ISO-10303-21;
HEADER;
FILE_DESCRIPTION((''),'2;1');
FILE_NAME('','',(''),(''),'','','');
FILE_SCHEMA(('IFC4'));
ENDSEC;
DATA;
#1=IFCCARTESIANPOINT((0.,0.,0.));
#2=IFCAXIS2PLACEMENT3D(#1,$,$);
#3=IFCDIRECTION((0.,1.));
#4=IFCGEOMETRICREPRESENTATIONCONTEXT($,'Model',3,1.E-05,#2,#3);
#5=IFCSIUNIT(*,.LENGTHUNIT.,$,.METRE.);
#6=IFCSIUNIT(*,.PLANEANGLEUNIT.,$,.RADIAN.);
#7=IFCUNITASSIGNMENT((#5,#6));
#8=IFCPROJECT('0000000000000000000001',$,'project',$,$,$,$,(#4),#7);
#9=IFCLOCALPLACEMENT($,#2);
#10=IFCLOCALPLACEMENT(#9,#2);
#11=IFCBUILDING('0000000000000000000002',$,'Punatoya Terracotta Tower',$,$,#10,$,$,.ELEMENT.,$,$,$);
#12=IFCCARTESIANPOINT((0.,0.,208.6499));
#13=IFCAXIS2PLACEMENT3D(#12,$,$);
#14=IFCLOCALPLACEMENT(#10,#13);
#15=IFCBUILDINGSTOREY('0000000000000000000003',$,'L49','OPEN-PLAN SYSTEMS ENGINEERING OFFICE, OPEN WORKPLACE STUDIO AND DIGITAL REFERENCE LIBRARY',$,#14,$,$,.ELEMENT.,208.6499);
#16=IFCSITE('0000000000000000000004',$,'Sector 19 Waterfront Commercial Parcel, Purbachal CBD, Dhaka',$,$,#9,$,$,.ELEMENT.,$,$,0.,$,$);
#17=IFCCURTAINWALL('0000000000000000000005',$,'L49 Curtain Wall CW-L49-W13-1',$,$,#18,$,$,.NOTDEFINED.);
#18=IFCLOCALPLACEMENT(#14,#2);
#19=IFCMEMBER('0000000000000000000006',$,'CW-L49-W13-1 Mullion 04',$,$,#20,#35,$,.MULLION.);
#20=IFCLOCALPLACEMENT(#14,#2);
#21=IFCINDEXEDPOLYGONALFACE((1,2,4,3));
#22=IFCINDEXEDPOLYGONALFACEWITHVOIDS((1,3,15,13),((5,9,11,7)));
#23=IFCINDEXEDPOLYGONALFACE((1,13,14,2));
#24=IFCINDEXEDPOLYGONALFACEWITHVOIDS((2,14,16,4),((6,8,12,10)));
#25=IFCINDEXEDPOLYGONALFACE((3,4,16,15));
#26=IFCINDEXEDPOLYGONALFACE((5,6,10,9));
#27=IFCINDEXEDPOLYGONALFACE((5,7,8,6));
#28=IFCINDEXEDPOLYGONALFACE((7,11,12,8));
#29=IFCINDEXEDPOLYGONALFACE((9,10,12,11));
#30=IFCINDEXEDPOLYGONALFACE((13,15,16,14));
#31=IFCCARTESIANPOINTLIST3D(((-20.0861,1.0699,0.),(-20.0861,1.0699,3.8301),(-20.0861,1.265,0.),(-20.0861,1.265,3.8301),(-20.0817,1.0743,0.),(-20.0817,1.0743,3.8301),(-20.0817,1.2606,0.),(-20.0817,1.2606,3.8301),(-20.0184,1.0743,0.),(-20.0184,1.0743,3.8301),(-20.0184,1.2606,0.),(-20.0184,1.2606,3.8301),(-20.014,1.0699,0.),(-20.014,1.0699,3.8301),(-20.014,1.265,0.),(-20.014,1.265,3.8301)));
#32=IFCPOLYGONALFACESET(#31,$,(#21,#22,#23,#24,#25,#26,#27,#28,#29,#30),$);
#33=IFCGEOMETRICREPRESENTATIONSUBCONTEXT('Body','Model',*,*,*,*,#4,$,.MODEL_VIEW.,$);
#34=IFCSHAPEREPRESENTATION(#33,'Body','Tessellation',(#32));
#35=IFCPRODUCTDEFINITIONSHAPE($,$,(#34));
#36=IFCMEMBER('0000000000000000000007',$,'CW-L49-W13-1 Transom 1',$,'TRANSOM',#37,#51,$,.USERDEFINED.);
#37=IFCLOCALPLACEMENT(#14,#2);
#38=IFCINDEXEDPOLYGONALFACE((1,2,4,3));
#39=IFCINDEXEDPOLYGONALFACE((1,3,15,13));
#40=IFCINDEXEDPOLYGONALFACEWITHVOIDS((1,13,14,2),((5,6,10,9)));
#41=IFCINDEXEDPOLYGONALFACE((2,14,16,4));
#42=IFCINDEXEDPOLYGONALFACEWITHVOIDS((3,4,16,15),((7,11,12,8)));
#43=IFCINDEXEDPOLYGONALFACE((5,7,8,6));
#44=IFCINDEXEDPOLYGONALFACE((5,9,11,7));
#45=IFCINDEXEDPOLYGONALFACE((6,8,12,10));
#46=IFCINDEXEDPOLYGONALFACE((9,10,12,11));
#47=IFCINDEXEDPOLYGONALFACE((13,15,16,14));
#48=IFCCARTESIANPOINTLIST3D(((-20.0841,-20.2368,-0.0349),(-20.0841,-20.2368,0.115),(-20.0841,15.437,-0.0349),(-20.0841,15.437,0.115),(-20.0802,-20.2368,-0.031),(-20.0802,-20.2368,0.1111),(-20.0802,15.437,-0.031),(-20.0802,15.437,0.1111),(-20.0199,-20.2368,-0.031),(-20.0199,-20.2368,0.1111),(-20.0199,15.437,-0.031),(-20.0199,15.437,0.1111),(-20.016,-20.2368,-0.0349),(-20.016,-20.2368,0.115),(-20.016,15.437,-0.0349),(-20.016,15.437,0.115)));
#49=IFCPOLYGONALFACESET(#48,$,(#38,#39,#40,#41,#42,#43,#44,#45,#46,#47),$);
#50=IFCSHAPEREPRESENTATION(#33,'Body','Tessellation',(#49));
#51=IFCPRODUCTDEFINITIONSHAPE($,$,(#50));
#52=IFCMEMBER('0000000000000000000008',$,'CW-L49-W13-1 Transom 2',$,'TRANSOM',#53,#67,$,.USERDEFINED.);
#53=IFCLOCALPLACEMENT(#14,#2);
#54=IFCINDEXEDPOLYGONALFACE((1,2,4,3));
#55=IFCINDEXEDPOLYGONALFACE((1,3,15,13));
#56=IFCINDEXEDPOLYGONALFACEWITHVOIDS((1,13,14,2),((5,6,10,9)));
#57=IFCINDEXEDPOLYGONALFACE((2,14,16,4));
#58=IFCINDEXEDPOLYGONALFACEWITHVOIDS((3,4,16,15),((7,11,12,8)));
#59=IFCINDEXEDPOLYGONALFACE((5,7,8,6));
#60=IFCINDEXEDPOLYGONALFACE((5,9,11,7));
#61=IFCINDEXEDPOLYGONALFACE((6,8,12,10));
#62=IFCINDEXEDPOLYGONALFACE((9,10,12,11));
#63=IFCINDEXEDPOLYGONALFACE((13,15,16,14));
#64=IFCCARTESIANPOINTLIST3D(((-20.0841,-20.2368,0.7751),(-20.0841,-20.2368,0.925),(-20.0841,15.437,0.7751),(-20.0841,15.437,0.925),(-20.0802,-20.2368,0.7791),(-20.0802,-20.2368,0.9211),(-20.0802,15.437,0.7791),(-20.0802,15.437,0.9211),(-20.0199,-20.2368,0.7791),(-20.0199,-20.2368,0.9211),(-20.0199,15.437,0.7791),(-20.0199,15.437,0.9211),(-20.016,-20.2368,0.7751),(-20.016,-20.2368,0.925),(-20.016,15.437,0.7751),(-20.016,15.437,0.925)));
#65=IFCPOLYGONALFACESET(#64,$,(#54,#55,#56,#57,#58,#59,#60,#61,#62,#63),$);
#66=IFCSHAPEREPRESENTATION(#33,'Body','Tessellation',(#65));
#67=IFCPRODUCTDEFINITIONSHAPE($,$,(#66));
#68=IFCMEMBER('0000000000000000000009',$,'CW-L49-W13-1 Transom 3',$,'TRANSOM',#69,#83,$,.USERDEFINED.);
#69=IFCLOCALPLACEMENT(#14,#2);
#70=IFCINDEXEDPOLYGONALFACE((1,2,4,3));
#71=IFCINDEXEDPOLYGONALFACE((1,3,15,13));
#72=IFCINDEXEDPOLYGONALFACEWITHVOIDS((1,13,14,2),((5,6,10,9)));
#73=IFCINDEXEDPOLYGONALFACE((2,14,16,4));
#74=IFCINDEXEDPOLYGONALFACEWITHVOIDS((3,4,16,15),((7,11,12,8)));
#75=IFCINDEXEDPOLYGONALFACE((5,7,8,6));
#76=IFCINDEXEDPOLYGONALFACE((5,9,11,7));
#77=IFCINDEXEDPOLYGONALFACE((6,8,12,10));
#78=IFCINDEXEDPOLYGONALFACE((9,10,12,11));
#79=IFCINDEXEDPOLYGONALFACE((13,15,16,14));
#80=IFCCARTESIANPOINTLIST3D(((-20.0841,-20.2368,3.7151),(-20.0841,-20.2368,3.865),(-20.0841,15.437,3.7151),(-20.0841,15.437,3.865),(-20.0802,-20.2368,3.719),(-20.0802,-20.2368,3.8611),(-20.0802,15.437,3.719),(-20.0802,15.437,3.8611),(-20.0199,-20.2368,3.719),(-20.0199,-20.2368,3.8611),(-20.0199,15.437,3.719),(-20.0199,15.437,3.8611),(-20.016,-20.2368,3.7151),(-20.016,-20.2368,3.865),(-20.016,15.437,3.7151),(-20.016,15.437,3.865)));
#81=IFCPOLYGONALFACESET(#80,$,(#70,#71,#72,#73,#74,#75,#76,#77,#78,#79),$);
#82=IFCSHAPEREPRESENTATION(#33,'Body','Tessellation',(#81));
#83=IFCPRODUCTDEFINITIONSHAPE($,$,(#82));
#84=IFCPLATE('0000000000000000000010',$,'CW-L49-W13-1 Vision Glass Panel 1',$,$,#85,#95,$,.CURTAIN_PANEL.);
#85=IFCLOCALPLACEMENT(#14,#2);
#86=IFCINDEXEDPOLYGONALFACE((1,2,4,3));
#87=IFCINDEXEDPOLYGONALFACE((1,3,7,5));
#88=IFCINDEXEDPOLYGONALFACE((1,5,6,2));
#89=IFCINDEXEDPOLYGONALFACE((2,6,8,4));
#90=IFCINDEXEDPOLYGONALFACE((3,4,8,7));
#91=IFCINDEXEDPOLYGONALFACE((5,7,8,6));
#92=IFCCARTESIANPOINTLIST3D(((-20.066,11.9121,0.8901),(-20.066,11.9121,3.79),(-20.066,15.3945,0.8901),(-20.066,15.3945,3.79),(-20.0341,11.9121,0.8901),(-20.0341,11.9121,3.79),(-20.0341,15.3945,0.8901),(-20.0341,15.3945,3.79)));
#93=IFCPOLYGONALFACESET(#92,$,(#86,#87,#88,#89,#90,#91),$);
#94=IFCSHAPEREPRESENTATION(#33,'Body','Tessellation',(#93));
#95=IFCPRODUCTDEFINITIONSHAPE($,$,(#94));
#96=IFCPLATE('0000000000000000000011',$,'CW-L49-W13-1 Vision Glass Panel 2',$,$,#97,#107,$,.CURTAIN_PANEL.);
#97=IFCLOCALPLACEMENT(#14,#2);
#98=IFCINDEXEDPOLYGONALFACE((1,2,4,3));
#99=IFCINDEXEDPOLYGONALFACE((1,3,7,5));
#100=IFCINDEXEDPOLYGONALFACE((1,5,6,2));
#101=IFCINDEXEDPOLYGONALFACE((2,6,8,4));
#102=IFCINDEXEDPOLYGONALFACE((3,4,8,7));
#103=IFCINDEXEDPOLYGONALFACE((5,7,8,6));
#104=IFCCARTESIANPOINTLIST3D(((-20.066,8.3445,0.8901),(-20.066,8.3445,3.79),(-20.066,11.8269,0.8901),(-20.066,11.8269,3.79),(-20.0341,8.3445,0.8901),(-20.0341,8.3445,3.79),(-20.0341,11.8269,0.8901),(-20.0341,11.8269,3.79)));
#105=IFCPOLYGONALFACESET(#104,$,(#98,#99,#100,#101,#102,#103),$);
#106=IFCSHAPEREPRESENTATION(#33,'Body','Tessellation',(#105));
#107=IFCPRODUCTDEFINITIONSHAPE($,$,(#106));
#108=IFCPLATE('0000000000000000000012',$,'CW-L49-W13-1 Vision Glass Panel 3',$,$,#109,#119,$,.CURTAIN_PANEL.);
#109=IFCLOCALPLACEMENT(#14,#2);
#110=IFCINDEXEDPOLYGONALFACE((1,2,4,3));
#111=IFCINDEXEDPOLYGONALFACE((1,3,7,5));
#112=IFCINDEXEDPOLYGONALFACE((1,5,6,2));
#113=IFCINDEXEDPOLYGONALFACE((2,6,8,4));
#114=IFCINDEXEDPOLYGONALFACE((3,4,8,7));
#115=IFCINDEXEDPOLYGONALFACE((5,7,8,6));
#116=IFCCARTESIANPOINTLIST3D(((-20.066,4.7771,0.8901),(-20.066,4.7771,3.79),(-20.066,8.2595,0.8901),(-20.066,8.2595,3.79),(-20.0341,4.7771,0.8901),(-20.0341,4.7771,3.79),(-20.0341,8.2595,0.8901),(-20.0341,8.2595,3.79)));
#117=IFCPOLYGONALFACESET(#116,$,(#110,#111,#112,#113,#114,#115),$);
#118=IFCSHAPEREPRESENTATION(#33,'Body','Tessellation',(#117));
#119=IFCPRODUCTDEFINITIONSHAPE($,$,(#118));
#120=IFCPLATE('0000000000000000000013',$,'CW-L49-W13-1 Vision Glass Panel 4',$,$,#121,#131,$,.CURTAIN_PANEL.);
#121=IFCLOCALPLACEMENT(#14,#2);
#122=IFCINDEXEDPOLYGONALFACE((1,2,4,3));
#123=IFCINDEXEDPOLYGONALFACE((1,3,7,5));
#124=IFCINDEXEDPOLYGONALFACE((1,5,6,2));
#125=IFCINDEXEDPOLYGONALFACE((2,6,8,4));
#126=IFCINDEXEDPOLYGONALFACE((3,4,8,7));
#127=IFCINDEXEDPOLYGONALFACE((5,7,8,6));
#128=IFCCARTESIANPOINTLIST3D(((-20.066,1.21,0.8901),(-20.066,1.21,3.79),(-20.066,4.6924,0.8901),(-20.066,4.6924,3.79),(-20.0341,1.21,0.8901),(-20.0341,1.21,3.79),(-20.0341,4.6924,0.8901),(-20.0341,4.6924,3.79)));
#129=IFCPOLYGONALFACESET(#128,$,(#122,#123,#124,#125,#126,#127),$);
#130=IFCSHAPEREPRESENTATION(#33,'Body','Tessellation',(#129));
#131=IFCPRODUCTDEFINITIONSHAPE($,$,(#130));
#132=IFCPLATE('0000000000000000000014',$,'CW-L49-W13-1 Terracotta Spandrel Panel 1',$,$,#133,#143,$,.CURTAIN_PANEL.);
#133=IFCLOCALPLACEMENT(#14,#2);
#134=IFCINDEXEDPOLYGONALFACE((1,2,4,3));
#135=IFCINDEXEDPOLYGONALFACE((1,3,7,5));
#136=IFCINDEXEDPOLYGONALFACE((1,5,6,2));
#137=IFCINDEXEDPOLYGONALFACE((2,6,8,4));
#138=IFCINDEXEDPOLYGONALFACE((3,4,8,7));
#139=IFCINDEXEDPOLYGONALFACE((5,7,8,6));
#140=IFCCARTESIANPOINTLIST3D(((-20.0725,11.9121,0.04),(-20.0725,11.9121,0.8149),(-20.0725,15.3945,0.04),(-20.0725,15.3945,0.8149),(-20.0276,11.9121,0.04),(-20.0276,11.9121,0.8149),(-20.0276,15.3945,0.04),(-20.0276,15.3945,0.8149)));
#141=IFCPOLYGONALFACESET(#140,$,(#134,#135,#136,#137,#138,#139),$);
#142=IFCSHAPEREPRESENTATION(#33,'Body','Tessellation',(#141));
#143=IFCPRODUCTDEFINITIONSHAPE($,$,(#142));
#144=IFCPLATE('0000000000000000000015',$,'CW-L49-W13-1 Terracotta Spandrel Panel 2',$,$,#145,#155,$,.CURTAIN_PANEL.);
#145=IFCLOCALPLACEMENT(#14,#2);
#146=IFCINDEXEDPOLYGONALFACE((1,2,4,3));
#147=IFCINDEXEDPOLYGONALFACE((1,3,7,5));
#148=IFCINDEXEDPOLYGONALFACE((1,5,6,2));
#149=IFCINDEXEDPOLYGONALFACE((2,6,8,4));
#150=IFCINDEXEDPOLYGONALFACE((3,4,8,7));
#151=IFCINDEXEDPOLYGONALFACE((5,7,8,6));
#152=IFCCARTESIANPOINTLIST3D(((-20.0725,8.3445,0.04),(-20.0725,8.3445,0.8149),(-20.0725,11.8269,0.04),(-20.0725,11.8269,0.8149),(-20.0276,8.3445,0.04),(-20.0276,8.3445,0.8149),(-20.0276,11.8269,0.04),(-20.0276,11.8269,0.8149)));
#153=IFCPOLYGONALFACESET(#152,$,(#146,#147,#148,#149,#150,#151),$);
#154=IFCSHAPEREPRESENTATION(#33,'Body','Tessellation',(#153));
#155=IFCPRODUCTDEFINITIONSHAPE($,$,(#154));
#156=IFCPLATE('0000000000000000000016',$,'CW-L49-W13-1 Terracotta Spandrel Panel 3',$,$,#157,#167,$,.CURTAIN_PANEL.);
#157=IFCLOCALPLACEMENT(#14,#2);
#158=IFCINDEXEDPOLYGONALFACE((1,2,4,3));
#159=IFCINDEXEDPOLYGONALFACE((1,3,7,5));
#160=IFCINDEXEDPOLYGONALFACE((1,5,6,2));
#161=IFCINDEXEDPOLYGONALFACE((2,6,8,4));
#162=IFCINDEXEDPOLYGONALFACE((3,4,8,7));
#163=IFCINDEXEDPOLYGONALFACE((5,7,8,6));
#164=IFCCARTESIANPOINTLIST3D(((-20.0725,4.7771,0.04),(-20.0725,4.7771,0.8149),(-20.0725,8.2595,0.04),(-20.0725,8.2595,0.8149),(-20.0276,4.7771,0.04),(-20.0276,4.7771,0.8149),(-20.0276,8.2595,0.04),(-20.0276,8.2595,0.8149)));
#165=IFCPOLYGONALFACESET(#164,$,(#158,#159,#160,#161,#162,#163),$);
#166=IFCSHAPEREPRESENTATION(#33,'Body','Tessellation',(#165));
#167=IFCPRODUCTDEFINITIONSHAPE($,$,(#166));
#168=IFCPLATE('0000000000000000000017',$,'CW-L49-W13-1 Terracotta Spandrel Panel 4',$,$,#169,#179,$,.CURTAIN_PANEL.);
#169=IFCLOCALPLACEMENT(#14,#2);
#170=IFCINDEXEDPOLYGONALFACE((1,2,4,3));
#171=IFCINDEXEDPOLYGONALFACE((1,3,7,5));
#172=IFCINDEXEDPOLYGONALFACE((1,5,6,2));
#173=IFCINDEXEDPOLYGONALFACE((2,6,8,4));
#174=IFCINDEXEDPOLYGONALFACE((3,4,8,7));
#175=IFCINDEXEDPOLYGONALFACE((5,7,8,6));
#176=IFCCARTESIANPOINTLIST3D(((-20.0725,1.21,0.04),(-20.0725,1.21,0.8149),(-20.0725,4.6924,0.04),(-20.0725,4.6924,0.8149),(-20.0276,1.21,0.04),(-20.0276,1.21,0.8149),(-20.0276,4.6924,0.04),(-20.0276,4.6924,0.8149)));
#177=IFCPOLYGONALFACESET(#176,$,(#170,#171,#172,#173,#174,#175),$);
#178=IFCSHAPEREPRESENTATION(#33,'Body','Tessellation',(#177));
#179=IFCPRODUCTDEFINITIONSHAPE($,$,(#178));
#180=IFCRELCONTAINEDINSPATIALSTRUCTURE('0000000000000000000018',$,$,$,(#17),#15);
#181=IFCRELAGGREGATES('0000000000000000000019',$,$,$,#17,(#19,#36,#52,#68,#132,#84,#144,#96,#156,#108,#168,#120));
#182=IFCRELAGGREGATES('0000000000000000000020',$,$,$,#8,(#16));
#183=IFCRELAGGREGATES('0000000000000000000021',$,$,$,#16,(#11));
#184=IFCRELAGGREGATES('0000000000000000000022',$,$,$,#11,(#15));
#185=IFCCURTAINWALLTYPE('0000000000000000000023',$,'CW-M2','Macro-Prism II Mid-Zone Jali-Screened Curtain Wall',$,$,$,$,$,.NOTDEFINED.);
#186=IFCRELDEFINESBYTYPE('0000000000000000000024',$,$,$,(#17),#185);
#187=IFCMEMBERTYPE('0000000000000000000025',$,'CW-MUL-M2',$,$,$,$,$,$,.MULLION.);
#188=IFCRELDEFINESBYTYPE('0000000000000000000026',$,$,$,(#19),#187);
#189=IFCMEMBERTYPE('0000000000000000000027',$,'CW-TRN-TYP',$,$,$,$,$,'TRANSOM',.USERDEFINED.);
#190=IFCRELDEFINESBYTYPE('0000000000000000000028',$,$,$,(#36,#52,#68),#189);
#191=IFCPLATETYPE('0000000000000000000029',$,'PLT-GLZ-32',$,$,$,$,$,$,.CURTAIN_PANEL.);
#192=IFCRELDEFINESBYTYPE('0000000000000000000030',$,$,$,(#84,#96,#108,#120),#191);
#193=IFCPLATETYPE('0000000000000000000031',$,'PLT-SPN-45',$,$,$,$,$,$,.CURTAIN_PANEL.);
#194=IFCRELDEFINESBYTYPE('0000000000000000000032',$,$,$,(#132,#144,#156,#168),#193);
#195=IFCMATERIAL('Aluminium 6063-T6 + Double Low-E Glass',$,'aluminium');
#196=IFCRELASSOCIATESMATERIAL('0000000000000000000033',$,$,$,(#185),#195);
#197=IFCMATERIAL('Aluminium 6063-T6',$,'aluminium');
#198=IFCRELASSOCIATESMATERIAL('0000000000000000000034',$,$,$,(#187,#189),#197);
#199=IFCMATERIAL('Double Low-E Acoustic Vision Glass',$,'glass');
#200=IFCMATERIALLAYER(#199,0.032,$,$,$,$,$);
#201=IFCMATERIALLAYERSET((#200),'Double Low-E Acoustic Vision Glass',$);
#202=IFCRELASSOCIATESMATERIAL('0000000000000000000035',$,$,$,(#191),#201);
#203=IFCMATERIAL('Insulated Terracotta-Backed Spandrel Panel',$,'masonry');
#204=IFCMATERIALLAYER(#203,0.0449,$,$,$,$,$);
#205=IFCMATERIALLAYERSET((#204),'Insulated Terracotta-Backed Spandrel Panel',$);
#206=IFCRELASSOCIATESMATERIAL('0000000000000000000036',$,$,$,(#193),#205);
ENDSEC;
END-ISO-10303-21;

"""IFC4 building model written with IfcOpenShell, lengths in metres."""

from ifc_helpers import new_model, si_unit, direction, frame, origin, origin_2d, place, context, subcontext, project, spatial, rectangle, hollow_rectangle, extrude, material, layer, layer_set, material_profile, profile_set, type_object, element, aggregate, save


model = new_model("IFC4")

# Units and contexts
model_context = context("Model", 3, precision=1e-05, world=origin(), true_north=direction((0.0, 1.0)))
body_context = subcontext(model_context, "Body", "Model", "MODEL_VIEW")
ifc_project = project(units=[si_unit("LENGTHUNIT", "METRE"), si_unit("PLANEANGLEUNIT", "RADIAN")], contexts=[model_context])

# Site, building, storey
site_placement = place(None, origin())
site = spatial("IfcSite", under=ifc_project, at=site_placement, Name="Sector 19 Waterfront Commercial Parcel, Purbachal CBD, Dhaka", CompositionType="ELEMENT", RefElevation=0.0)
building_placement = place(site_placement, origin())
building = spatial("IfcBuilding", under=site, at=building_placement, Name="Punatoya Terracotta Tower", CompositionType="ELEMENT")
storey_placement = place(building_placement, frame((0.0, 0.0, 208.6499)))
storey = spatial("IfcBuildingStorey", under=building, at=storey_placement, Name="L49", Description="OPEN-PLAN SYSTEMS ENGINEERING OFFICE, OPEN WORKPLACE STUDIO AND DIGITAL REFERENCE LIBRARY", CompositionType="ELEMENT", Elevation=208.6499)

# Shared definitions
ifc_material_1 = material(Name="Aluminium 6063-T6 + Double Low-E Glass", Category="aluminium")
curtain_wall_type = type_object("IfcCurtainWallType", Name="CW-M2", Description="Macro-Prism II Mid-Zone Jali-Screened Curtain Wall", PredefinedType="NOTDEFINED", material=ifc_material_1)
ifc_material_2 = material(Name="Aluminium 6063-T6", Category="aluminium")
ifc_material_profile_1 = material_profile(ifc_material_2, hollow_rectangle(XDim=0.072, YDim=0.1951, WallThickness=0.0044, at=origin_2d()))
ifc_profile_set_1 = profile_set([ifc_material_profile_1], Name="Aluminium 6063-T6")
member_type_1 = type_object("IfcMemberType", Name="CW-MUL-M2", PredefinedType="MULLION", material=ifc_profile_set_1)

# Curtain wall, members, plates
curtain_wall_1_placement = place(storey_placement, origin())
curtain_wall_1 = element("IfcCurtainWall", 1, at=curtain_wall_1_placement, inside=storey, type_object=curtain_wall_type, Name="L49 Curtain Wall CW-L49-W13-1", PredefinedType="NOTDEFINED")
member_1_placement = place(storey_placement, frame((-20.05, 1.1675, 0.0), z_axis=(0.0, 0.0, 1.0), x_axis=(1.0, 0.0, 0.0)))
member_1 = element("IfcMember", 2, at=member_1_placement, type_object=member_type_1, Name="CW-L49-W13-1 Mullion 04", PredefinedType="MULLION", context=body_context, shape_type="SweptSolid", body=[
    extrude(hollow_rectangle(XDim=0.072, YDim=0.1951, WallThickness=0.0044, at=origin_2d()), origin(), (0.0, 0.0, 1.0), 3.8301),
])
ifc_material_profile_2 = material_profile(ifc_material_2, hollow_rectangle(XDim=0.0681, YDim=0.1499, WallThickness=0.0039, at=origin_2d()))
ifc_profile_set_2 = profile_set([ifc_material_profile_2], Name="Aluminium 6063-T6")
member_type_2 = type_object("IfcMemberType", Name="CW-TRN-TYP", ElementType="TRANSOM", PredefinedType="USERDEFINED", material=ifc_profile_set_2)
member_2_placement = place(storey_placement, frame((-20.05, 15.437, 0.04), z_axis=(0.0, -1.0, 0.0), x_axis=(1.0, 0.0, 0.0)))
member_2 = element("IfcMember", 3, at=member_2_placement, type_object=member_type_2, Name="CW-L49-W13-1 Transom 1", ObjectType="TRANSOM", PredefinedType="USERDEFINED", context=body_context, shape_type="SweptSolid", body=[
    extrude(hollow_rectangle(XDim=0.0681, YDim=0.1499, WallThickness=0.0039, at=origin_2d()), origin(), (0.0, 0.0, 1.0), 35.6738),
])
member_3_placement = place(storey_placement, frame((-20.05, 15.437, 0.8501), z_axis=(0.0, -1.0, 0.0), x_axis=(1.0, 0.0, 0.0)))
member_3 = element("IfcMember", 4, at=member_3_placement, type_object=member_type_2, Name="CW-L49-W13-1 Transom 2", ObjectType="TRANSOM", PredefinedType="USERDEFINED", context=body_context, shape_type="SweptSolid", body=[
    extrude(hollow_rectangle(XDim=0.0681, YDim=0.1499, WallThickness=0.0039, at=origin_2d()), origin(), (0.0, 0.0, 1.0), 35.6738),
])
member_4_placement = place(storey_placement, frame((-20.05, 15.437, 3.79), z_axis=(0.0, -1.0, 0.0), x_axis=(1.0, 0.0, 0.0)))
member_4 = element("IfcMember", 5, at=member_4_placement, type_object=member_type_2, Name="CW-L49-W13-1 Transom 3", ObjectType="TRANSOM", PredefinedType="USERDEFINED", context=body_context, shape_type="SweptSolid", body=[
    extrude(hollow_rectangle(XDim=0.0681, YDim=0.1499, WallThickness=0.0039, at=origin_2d()), origin(), (0.0, 0.0, 1.0), 35.6738),
])
ifc_material_3 = material(Name="Double Low-E Acoustic Vision Glass", Category="glass")
ifc_layer_1 = layer(ifc_material_3, 0.032)
ifc_layer_set_1 = layer_set([ifc_layer_1], Name="Double Low-E Acoustic Vision Glass")
plate_type_1 = type_object("IfcPlateType", Name="PLT-GLZ-32", PredefinedType="CURTAIN_PANEL", material=ifc_layer_set_1)
plate_1_placement = place(storey_placement, frame((-20.05, 13.6533, 0.8901), z_axis=(0.0, 0.0, 1.0), x_axis=(0.0, -1.0, 0.0)))
plate_1 = element("IfcPlate", 6, at=plate_1_placement, type_object=plate_type_1, Name="CW-L49-W13-1 Vision Glass Panel 1", PredefinedType="CURTAIN_PANEL", context=body_context, shape_type="SweptSolid", body=[
    extrude(rectangle(XDim=3.4824, YDim=0.032, at=origin_2d()), origin(), (0.0, 0.0, 1.0), 2.8999),
])
plate_2_placement = place(storey_placement, frame((-20.05, 10.0857, 0.8901), z_axis=(0.0, 0.0, 1.0), x_axis=(0.0, -1.0, 0.0)))
plate_2 = element("IfcPlate", 7, at=plate_2_placement, type_object=plate_type_1, Name="CW-L49-W13-1 Vision Glass Panel 2", PredefinedType="CURTAIN_PANEL", context=body_context, shape_type="SweptSolid", body=[
    extrude(rectangle(XDim=3.4824, YDim=0.032, at=origin_2d()), origin(), (0.0, 0.0, 1.0), 2.8999),
])
plate_3_placement = place(storey_placement, frame((-20.05, 6.5183, 0.8901), z_axis=(0.0, 0.0, 1.0), x_axis=(0.0, -1.0, 0.0)))
plate_3 = element("IfcPlate", 8, at=plate_3_placement, type_object=plate_type_1, Name="CW-L49-W13-1 Vision Glass Panel 3", PredefinedType="CURTAIN_PANEL", context=body_context, shape_type="SweptSolid", body=[
    extrude(rectangle(XDim=3.4824, YDim=0.032, at=origin_2d()), origin(), (0.0, 0.0, 1.0), 2.8999),
])
plate_4_placement = place(storey_placement, frame((-20.05, 2.9512, 0.8901), z_axis=(0.0, 0.0, 1.0), x_axis=(0.0, -1.0, 0.0)))
plate_4 = element("IfcPlate", 9, at=plate_4_placement, type_object=plate_type_1, Name="CW-L49-W13-1 Vision Glass Panel 4", PredefinedType="CURTAIN_PANEL", context=body_context, shape_type="SweptSolid", body=[
    extrude(rectangle(XDim=3.4824, YDim=0.032, at=origin_2d()), origin(), (0.0, 0.0, 1.0), 2.8999),
])
ifc_material_4 = material(Name="Insulated Terracotta-Backed Spandrel Panel", Category="masonry")
ifc_layer_2 = layer(ifc_material_4, 0.0449)
ifc_layer_set_2 = layer_set([ifc_layer_2], Name="Insulated Terracotta-Backed Spandrel Panel")
plate_type_2 = type_object("IfcPlateType", Name="PLT-SPN-45", PredefinedType="CURTAIN_PANEL", material=ifc_layer_set_2)
plate_5_placement = place(storey_placement, frame((-20.05, 13.6533, 0.04), z_axis=(0.0, 0.0, 1.0), x_axis=(0.0, -1.0, 0.0)))
plate_5 = element("IfcPlate", 10, at=plate_5_placement, type_object=plate_type_2, Name="CW-L49-W13-1 Terracotta Spandrel Panel 1", PredefinedType="CURTAIN_PANEL", context=body_context, shape_type="SweptSolid", body=[
    extrude(rectangle(XDim=3.4824, YDim=0.0449, at=origin_2d()), origin(), (0.0, 0.0, 1.0), 0.7749),
])
plate_6_placement = place(storey_placement, frame((-20.05, 10.0857, 0.04), z_axis=(0.0, 0.0, 1.0), x_axis=(0.0, -1.0, 0.0)))
plate_6 = element("IfcPlate", 11, at=plate_6_placement, type_object=plate_type_2, Name="CW-L49-W13-1 Terracotta Spandrel Panel 2", PredefinedType="CURTAIN_PANEL", context=body_context, shape_type="SweptSolid", body=[
    extrude(rectangle(XDim=3.4824, YDim=0.0449, at=origin_2d()), origin(), (0.0, 0.0, 1.0), 0.7749),
])
plate_7_placement = place(storey_placement, frame((-20.05, 6.5183, 0.04), z_axis=(0.0, 0.0, 1.0), x_axis=(0.0, -1.0, 0.0)))
plate_7 = element("IfcPlate", 12, at=plate_7_placement, type_object=plate_type_2, Name="CW-L49-W13-1 Terracotta Spandrel Panel 3", PredefinedType="CURTAIN_PANEL", context=body_context, shape_type="SweptSolid", body=[
    extrude(rectangle(XDim=3.4824, YDim=0.0449, at=origin_2d()), origin(), (0.0, 0.0, 1.0), 0.7749),
])
plate_8_placement = place(storey_placement, frame((-20.05, 2.9512, 0.04), z_axis=(0.0, 0.0, 1.0), x_axis=(0.0, -1.0, 0.0)))
plate_8 = element("IfcPlate", 13, at=plate_8_placement, type_object=plate_type_2, Name="CW-L49-W13-1 Terracotta Spandrel Panel 4", PredefinedType="CURTAIN_PANEL", context=body_context, shape_type="SweptSolid", body=[
    extrude(rectangle(XDim=3.4824, YDim=0.0449, at=origin_2d()), origin(), (0.0, 0.0, 1.0), 0.7749),
])
aggregate(curtain_wall_1, [member_1, member_2, member_3, member_4, plate_5, plate_1, plate_6, plate_2, plate_7, plate_3, plate_8, plate_4])

save(model, "model.ifc")
